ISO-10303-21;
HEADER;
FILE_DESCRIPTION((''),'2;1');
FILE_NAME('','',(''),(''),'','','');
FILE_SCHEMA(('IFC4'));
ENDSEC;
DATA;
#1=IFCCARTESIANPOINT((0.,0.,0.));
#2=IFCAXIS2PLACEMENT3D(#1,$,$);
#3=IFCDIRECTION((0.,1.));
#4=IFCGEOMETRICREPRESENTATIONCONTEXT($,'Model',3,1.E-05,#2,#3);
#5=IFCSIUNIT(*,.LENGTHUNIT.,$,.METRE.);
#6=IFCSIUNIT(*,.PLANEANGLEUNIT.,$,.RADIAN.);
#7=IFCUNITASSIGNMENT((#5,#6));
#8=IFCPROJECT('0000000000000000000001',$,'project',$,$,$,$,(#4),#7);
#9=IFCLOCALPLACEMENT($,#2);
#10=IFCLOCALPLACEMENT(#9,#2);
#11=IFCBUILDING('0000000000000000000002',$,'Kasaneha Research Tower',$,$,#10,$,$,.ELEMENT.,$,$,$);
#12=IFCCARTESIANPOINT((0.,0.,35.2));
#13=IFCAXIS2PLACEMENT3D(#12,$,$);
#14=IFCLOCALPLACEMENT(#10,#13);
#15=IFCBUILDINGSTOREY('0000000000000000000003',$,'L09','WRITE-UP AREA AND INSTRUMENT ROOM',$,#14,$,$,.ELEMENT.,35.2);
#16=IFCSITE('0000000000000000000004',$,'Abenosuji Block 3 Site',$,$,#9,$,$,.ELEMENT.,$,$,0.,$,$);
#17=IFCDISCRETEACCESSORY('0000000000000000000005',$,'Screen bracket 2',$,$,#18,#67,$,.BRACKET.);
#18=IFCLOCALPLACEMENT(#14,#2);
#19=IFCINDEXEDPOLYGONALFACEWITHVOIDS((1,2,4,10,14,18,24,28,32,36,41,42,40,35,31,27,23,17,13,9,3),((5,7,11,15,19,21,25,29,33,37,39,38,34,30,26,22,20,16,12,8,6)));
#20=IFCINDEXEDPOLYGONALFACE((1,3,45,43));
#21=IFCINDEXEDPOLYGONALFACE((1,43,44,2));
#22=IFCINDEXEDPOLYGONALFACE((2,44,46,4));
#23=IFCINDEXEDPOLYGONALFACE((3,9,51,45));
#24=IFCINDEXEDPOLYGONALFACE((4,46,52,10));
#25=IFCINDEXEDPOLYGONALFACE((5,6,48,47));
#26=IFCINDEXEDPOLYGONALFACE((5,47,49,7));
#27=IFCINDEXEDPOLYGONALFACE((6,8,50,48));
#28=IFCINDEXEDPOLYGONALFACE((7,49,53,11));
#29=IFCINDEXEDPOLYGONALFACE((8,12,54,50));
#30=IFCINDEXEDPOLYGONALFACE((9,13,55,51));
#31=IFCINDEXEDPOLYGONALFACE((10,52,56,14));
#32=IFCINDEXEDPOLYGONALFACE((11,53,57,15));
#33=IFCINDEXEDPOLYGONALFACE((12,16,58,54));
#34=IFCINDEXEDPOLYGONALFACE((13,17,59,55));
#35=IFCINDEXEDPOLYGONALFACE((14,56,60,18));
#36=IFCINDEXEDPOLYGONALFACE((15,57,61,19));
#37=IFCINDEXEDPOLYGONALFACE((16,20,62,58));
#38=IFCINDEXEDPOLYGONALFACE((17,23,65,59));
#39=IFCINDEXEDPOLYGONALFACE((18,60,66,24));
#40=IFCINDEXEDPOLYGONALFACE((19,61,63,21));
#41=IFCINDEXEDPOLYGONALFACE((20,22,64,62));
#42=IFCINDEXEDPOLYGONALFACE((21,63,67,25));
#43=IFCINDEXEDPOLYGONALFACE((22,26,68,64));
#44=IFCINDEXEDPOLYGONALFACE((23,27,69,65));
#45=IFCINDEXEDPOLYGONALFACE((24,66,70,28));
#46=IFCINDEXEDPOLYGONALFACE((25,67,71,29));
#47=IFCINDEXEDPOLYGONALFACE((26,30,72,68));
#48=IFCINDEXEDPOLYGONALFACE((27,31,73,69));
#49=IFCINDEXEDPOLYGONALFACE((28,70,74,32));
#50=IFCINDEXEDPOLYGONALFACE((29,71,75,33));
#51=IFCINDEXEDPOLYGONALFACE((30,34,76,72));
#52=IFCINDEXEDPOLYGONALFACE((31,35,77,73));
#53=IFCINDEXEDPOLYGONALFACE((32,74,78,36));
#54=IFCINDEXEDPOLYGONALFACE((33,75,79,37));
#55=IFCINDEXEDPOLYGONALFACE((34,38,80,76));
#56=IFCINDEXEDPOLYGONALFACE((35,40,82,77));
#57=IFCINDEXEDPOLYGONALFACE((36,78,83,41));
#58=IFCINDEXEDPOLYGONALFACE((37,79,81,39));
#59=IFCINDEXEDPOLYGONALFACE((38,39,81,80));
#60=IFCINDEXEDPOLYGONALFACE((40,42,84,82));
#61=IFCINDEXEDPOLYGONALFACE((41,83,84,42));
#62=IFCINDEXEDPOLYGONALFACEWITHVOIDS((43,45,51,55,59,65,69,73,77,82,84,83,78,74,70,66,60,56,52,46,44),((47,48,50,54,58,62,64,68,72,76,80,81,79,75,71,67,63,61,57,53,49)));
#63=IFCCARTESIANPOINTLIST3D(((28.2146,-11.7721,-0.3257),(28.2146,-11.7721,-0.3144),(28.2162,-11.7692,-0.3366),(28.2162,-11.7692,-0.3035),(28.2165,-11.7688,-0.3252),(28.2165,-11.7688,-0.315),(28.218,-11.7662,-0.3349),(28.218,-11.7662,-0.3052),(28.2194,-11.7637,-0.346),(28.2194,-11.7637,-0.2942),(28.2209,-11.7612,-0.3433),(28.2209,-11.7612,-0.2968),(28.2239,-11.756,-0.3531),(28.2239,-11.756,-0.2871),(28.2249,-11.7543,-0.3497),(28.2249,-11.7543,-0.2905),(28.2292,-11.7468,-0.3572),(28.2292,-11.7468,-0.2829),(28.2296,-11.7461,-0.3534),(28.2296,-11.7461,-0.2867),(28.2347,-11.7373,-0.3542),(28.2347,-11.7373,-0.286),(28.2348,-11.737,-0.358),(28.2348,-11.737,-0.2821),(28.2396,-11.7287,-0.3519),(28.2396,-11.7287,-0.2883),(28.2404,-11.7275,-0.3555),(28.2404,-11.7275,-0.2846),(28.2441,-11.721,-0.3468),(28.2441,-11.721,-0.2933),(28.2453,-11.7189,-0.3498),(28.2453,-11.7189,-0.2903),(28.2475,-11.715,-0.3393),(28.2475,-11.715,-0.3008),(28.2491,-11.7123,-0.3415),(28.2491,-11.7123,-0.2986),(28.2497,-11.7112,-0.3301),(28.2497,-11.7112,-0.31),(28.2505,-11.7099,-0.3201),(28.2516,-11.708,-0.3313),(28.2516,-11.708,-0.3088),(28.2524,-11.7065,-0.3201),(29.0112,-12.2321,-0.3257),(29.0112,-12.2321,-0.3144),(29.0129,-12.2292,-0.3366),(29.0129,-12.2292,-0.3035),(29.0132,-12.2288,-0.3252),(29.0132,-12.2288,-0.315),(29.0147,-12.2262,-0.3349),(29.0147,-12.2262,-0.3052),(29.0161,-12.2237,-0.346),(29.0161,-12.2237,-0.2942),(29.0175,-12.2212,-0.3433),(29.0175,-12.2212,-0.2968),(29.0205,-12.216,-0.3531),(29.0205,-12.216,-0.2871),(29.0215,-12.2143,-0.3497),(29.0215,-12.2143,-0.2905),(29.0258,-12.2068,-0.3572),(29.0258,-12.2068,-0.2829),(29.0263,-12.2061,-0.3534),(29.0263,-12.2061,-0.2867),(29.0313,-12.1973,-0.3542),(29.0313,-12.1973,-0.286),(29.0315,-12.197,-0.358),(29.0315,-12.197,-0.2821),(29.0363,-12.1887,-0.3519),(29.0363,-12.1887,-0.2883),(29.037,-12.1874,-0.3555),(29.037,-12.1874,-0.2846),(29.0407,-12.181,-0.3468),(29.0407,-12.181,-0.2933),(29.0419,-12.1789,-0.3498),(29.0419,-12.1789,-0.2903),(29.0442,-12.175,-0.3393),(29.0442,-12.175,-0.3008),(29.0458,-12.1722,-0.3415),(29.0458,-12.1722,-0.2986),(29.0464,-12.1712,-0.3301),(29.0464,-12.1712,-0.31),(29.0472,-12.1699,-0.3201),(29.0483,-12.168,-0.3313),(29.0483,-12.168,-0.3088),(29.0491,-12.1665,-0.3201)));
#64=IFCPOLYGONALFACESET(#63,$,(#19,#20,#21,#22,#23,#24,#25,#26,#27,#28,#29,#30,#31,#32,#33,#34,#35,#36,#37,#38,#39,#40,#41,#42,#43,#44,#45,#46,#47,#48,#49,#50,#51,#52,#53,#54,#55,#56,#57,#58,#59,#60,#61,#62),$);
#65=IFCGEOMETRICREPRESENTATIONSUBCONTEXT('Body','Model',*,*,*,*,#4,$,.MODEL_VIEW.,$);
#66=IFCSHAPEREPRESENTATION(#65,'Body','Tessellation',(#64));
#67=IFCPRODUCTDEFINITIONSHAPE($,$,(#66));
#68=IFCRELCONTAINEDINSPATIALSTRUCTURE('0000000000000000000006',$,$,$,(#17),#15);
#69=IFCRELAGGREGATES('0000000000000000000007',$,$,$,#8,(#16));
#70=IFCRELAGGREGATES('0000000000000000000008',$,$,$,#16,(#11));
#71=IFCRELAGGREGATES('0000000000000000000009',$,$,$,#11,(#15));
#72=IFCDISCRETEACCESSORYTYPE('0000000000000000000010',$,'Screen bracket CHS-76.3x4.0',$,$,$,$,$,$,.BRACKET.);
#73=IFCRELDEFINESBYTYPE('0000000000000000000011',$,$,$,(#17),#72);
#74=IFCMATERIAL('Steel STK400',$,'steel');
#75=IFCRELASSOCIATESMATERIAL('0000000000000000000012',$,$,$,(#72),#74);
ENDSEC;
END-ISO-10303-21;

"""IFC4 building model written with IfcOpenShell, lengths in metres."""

from ifc_helpers import new_model, si_unit, direction, frame, origin, origin_2d, place, context, subcontext, project, spatial, hollow_circle, extrude, material, material_profile, profile_set, type_object, element, save


model = new_model("IFC4")

# Units and contexts
model_context = context("Model", 3, precision=1e-05, world=origin(), true_north=direction((0.0, 1.0)))
body_context = subcontext(model_context, "Body", "Model", "MODEL_VIEW")
ifc_project = project(units=[si_unit("LENGTHUNIT", "METRE"), si_unit("PLANEANGLEUNIT", "RADIAN")], contexts=[model_context])

# Site, building, storey
site_placement = place(None, origin())
site = spatial("IfcSite", under=ifc_project, at=site_placement, Name="Abenosuji Block 3 Site", CompositionType="ELEMENT", RefElevation=0.0)
building_placement = place(site_placement, origin())
building = spatial("IfcBuilding", under=site, at=building_placement, Name="Kasaneha Research Tower", CompositionType="ELEMENT")
storey_placement = place(building_placement, frame((0.0, 0.0, 35.2)))
storey = spatial("IfcBuildingStorey", under=building, at=storey_placement, Name="L09", Description="WRITE-UP AREA AND INSTRUMENT ROOM", CompositionType="ELEMENT", Elevation=35.2)

# Discrete accessory
ifc_material_1 = material(Name="Steel STK400", Category="steel")
ifc_material_profile_1 = material_profile(ifc_material_1, hollow_circle(Radius=0.0381, WallThickness=0.0039, at=origin_2d()), Name="CHS-76.3x4.0")
ifc_profile_set_1 = profile_set([ifc_material_profile_1], Name="Steel STK400")
discrete_accessory_type = type_object("IfcDiscreteAccessoryType", Name="Screen bracket CHS-76.3x4.0", PredefinedType="BRACKET", material=ifc_profile_set_1)
for number, where, z_axis, x_axis, name in (
    (1, (28.2334, -11.7395, -0.3201), (0.866013, -0.500021, 0.0), (0.500021, 0.866013, 0.0), "Screen bracket 2"),
):
    element("IfcDiscreteAccessory", number, at=place(storey_placement, frame(where, z_axis=z_axis, x_axis=x_axis)), inside=storey, type_object=discrete_accessory_type, Name=name, PredefinedType="BRACKET", context=body_context, shape_type="SweptSolid", body=[
        extrude(hollow_circle(Radius=0.0381, WallThickness=0.0039, at=origin_2d()), origin(), (0.0, 0.0, 1.0), 0.9199),
    ])

save(model, "model.ifc")
